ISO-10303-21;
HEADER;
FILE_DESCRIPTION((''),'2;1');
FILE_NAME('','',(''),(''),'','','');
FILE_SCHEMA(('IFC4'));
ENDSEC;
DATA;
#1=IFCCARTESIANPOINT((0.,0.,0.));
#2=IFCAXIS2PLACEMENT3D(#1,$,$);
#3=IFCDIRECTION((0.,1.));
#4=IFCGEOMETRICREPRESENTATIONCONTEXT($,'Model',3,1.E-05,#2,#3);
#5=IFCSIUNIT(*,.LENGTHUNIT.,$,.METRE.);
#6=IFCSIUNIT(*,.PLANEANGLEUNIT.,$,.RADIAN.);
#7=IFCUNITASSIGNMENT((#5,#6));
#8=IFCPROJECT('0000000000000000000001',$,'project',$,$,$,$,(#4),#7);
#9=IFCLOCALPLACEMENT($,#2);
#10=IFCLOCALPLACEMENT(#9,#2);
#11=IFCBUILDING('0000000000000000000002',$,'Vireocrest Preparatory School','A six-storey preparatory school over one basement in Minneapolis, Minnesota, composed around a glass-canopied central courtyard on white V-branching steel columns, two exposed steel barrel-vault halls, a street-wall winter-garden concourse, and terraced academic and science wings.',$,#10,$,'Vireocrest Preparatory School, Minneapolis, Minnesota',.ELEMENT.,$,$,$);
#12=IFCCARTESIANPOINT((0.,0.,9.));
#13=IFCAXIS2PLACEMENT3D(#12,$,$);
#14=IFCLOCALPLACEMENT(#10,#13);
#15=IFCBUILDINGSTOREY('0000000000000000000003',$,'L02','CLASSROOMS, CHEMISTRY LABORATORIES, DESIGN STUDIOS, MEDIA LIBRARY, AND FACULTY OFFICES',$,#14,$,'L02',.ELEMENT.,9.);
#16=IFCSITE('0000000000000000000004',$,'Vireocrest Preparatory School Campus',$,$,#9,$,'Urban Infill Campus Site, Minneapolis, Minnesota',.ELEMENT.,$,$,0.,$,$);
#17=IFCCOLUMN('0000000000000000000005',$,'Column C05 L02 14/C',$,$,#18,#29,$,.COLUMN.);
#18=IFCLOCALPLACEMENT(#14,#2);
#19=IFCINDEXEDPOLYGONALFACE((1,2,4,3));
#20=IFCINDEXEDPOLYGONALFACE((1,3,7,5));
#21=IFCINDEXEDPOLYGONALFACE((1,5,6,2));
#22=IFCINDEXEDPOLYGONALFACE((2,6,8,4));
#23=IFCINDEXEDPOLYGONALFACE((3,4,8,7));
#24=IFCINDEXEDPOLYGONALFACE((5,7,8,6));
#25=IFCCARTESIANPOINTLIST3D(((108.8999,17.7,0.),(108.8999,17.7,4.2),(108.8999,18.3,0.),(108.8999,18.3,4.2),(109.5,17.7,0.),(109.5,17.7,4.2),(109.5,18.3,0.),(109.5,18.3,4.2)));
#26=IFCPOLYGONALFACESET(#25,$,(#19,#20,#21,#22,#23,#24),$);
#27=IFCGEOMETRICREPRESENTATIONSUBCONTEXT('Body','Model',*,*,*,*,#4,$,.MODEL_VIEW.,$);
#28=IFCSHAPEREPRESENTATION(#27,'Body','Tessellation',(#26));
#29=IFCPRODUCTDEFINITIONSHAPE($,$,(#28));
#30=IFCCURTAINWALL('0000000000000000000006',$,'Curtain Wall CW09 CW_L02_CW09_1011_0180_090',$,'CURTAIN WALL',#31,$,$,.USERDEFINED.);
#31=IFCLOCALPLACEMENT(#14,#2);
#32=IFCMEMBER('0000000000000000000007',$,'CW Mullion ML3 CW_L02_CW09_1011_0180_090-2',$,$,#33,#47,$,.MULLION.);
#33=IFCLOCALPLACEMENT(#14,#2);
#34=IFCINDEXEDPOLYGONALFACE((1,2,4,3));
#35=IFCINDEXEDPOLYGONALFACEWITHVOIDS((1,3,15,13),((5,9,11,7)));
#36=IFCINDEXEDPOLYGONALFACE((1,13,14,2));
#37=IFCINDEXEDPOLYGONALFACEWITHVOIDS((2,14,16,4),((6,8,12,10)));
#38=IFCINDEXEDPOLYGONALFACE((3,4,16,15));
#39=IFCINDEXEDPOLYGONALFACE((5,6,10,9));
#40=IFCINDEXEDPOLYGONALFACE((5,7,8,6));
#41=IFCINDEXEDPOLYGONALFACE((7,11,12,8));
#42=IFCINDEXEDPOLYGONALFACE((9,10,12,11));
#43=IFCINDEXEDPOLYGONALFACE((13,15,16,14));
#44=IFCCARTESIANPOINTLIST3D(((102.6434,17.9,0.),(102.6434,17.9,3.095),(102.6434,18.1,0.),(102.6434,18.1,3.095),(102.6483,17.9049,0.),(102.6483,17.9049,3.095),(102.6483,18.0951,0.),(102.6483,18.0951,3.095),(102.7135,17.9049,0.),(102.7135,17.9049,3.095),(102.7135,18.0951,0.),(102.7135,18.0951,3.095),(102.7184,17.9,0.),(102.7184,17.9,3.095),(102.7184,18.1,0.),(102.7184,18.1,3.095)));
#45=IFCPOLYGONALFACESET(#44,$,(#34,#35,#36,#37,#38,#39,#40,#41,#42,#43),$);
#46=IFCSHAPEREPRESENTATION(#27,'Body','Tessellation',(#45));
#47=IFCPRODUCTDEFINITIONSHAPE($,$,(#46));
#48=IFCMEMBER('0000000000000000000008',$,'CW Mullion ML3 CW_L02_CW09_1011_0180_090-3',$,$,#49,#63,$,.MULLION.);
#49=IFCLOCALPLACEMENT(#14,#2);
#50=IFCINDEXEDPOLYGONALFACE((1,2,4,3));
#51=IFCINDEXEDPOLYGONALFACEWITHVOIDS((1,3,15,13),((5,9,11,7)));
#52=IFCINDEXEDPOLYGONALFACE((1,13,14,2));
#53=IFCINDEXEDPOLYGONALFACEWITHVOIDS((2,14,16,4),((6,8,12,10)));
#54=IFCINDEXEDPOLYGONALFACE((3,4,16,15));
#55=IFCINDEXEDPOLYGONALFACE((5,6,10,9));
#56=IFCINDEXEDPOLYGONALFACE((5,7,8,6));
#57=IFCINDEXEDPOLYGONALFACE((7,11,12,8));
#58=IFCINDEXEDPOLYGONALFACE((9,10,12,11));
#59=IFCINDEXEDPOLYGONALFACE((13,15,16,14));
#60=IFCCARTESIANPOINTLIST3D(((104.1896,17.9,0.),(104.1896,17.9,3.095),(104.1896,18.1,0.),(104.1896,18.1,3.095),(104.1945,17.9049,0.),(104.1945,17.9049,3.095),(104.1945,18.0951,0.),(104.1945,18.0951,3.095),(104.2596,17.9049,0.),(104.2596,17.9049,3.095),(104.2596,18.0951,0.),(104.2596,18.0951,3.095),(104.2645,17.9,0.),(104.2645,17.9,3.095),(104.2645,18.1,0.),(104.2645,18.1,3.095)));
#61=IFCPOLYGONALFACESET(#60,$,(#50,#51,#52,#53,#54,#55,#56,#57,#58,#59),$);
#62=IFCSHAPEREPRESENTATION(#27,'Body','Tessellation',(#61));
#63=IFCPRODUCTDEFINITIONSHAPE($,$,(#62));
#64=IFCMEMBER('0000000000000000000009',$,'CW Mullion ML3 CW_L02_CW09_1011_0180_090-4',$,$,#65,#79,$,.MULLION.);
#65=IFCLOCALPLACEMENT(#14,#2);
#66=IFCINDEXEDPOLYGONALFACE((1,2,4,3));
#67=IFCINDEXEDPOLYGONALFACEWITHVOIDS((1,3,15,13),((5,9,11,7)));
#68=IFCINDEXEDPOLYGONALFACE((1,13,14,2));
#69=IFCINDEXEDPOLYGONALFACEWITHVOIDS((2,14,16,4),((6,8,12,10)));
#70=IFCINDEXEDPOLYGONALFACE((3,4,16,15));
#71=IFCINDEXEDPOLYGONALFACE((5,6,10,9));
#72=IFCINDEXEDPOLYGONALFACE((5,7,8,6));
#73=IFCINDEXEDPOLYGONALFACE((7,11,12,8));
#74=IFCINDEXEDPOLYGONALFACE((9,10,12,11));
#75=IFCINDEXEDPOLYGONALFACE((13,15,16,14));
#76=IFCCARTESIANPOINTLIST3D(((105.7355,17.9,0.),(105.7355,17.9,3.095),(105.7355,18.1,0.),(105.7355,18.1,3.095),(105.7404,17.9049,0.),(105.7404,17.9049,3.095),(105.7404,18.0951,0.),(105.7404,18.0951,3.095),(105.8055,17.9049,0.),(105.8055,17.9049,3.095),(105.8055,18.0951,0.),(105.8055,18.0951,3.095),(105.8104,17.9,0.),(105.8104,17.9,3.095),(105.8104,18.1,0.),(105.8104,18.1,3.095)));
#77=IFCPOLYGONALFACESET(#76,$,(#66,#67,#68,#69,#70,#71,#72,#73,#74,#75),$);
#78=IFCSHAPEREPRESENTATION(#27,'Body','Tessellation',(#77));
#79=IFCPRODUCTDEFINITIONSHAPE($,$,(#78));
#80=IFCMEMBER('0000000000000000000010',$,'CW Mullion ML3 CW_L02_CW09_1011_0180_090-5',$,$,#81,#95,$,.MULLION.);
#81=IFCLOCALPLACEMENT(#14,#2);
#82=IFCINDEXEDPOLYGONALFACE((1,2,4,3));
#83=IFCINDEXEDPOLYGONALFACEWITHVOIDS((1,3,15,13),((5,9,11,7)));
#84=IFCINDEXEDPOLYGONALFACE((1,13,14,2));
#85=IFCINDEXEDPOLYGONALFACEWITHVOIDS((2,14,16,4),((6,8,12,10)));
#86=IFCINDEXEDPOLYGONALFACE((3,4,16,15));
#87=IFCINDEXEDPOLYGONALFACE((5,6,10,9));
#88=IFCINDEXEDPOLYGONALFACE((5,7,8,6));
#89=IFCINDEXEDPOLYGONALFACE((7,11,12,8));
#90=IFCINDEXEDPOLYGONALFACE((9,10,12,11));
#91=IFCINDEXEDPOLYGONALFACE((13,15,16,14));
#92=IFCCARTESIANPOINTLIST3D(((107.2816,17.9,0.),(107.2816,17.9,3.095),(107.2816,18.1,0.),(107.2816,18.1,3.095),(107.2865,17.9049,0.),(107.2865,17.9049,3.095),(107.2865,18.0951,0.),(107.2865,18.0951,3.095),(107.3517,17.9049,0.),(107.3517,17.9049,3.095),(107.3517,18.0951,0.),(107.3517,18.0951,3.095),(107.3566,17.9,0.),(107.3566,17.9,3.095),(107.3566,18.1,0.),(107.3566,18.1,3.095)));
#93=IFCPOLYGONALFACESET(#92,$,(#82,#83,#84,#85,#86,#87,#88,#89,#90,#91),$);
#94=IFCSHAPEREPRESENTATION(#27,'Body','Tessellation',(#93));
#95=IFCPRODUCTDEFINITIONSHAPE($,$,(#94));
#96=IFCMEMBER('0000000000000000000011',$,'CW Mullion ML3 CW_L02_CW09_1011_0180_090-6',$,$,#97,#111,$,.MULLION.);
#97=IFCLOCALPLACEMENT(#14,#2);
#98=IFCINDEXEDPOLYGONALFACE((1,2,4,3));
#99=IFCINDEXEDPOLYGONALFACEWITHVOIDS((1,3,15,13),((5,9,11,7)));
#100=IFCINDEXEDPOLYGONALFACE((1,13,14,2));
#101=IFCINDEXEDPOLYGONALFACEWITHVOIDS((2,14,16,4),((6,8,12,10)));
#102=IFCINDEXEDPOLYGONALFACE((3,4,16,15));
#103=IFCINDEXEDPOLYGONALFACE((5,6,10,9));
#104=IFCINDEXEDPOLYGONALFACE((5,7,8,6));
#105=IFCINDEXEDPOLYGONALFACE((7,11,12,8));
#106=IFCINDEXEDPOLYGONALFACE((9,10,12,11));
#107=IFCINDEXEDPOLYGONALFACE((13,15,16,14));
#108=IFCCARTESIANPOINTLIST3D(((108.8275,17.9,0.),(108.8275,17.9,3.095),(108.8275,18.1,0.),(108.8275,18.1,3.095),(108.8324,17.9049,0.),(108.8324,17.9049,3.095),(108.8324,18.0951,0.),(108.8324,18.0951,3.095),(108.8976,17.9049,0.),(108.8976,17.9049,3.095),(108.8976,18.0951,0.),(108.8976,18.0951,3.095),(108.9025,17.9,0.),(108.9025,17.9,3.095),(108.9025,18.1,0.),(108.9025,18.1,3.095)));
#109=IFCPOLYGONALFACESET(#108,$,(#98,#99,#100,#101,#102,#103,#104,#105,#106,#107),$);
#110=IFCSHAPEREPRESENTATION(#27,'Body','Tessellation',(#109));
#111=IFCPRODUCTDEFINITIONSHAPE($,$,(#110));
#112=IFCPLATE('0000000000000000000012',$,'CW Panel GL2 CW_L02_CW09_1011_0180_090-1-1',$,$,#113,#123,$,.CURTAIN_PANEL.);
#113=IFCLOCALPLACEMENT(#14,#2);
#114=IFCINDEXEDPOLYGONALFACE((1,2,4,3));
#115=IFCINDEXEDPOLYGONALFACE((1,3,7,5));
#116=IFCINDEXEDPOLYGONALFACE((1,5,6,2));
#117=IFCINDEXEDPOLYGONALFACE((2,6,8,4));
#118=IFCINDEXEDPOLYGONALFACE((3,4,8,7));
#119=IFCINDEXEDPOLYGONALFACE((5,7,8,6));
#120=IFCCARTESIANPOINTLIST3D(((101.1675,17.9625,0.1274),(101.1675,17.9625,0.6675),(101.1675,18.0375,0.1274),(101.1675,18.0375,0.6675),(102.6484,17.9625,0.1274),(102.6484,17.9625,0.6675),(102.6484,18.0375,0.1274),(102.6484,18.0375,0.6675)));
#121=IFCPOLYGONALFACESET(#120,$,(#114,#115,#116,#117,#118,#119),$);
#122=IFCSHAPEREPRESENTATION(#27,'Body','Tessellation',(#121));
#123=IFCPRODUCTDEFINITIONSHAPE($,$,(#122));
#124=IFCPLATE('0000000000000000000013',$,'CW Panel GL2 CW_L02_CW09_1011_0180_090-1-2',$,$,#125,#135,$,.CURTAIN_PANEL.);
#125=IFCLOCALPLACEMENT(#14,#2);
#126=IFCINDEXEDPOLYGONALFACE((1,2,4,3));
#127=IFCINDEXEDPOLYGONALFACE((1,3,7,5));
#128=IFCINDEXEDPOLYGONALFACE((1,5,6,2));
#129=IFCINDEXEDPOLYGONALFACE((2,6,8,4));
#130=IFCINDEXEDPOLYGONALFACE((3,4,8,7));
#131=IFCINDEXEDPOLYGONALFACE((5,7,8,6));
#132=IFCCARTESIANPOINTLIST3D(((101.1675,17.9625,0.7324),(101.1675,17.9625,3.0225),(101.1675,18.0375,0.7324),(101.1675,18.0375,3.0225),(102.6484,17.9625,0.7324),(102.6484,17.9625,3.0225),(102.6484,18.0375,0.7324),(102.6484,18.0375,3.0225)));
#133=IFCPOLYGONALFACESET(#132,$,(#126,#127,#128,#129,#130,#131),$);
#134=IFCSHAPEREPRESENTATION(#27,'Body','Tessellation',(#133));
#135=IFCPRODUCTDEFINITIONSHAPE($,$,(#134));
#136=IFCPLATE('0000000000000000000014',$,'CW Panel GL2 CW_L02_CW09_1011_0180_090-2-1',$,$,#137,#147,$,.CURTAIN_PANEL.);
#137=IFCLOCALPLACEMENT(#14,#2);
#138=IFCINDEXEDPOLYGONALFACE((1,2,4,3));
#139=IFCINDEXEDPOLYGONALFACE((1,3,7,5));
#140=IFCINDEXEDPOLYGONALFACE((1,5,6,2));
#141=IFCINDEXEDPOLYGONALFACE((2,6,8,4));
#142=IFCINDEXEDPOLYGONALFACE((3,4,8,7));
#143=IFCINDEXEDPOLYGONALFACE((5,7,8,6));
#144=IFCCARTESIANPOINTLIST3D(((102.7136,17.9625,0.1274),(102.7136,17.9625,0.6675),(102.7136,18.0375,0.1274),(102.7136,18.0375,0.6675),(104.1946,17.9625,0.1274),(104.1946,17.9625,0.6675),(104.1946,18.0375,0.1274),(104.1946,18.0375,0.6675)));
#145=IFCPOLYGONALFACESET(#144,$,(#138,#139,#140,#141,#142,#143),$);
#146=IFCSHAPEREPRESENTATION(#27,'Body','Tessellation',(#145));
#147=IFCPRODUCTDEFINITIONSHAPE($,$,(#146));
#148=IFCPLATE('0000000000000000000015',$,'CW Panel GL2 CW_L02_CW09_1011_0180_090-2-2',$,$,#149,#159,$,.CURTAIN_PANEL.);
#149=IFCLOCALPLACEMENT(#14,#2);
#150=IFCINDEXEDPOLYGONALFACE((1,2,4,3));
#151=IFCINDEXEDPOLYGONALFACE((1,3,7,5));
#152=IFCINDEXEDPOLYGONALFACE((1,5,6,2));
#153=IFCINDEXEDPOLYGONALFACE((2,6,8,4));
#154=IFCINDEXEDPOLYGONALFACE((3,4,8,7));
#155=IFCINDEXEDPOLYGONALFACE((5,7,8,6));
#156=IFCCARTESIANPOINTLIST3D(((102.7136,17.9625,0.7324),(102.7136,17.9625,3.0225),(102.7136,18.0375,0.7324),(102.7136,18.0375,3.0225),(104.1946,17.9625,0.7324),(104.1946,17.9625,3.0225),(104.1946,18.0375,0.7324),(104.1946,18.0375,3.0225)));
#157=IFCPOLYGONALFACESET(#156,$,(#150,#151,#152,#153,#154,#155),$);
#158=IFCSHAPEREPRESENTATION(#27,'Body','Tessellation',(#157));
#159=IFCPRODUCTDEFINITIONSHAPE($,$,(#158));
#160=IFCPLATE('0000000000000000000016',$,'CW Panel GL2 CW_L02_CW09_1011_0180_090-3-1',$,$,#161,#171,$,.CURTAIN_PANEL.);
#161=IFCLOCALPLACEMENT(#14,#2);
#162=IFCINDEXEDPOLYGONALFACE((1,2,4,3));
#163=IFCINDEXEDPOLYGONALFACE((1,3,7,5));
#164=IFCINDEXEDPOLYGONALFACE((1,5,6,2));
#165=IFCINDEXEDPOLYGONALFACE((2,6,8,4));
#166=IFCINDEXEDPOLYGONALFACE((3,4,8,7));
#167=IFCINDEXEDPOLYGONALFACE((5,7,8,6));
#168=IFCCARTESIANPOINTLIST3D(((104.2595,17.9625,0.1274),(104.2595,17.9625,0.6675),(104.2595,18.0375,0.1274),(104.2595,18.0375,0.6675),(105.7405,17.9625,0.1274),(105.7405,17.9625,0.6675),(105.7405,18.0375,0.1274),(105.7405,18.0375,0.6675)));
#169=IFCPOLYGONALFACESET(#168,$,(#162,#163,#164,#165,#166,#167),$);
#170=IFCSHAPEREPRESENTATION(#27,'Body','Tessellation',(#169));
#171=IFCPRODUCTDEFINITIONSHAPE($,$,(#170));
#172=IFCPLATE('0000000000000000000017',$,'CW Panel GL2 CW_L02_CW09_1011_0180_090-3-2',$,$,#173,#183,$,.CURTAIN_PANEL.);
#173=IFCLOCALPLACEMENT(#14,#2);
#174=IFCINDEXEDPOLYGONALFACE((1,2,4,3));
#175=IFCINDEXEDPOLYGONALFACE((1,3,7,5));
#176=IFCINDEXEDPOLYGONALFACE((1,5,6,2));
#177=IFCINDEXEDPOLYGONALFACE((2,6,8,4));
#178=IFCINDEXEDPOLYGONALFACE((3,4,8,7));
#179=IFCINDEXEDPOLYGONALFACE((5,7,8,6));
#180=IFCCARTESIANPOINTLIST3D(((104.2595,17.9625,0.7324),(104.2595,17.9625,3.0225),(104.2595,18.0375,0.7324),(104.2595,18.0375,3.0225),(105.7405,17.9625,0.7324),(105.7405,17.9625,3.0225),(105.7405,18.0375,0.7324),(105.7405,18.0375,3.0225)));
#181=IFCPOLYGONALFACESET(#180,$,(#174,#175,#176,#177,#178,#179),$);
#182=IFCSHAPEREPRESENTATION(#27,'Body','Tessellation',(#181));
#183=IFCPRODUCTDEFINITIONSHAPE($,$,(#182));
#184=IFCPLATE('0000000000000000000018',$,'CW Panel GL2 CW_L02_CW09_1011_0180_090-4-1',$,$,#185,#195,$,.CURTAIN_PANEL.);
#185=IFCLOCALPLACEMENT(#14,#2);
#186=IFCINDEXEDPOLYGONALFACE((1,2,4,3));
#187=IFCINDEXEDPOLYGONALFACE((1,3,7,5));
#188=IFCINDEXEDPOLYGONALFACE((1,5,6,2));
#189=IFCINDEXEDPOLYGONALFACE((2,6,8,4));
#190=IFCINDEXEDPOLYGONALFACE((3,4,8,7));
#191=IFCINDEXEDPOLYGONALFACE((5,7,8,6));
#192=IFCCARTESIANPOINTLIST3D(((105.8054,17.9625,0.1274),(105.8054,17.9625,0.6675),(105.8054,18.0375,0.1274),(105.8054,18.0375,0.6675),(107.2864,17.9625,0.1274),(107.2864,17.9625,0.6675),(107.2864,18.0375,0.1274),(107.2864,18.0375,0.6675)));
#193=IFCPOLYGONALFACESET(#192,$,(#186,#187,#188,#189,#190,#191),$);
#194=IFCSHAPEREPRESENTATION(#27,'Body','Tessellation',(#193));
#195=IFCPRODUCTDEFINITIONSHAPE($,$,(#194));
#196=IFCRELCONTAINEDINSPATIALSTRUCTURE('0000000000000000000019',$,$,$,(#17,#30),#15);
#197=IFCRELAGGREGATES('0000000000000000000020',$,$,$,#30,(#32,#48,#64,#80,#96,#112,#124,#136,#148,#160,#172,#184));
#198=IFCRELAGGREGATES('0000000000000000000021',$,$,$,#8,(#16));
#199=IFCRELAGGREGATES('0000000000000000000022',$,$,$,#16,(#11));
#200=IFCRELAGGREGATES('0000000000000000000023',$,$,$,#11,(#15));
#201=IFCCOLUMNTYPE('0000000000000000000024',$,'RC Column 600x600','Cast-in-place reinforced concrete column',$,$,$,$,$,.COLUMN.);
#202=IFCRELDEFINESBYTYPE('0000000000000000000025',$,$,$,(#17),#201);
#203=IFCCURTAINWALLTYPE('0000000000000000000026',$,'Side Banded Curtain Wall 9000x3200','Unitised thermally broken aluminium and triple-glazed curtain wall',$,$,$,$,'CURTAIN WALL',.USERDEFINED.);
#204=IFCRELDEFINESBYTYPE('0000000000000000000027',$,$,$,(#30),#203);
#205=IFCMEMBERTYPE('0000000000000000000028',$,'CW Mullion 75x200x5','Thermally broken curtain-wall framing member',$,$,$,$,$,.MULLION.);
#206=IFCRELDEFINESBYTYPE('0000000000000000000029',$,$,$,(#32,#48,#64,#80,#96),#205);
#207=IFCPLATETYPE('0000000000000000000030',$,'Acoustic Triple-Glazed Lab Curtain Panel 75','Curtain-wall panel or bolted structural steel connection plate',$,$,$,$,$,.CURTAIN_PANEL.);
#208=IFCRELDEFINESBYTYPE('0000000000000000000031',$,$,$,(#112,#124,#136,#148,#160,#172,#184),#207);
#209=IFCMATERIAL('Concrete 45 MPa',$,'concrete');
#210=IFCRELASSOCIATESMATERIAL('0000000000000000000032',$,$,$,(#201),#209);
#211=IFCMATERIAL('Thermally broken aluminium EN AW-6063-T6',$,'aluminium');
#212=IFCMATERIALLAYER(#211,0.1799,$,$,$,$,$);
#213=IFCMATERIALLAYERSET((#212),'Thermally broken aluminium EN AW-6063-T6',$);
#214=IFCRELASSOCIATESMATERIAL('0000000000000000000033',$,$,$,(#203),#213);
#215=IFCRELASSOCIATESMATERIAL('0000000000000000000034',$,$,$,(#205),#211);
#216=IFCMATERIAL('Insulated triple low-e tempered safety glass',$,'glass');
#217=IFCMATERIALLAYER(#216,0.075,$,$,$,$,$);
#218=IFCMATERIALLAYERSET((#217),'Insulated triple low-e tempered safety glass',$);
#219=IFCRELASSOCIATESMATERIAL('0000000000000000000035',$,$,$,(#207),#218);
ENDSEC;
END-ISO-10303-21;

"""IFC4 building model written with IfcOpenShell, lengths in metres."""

from ifc_helpers import new_model, si_unit, direction, frame, origin, origin_2d, place, context, subcontext, project, spatial, rectangle, hollow_rectangle, extrude, material, layer, layer_set, material_profile, profile_set, type_object, element, aggregate, save


model = new_model("IFC4")

# Units and contexts
model_context = context("Model", 3, precision=1e-05, world=origin(), true_north=direction((0.0, 1.0)))
body_context = subcontext(model_context, "Body", "Model", "MODEL_VIEW")
ifc_project = project(units=[si_unit("LENGTHUNIT", "METRE"), si_unit("PLANEANGLEUNIT", "RADIAN")], contexts=[model_context])

# Site, building, storey
site_placement = place(None, origin())
site = spatial("IfcSite", under=ifc_project, at=site_placement, Name="Vireocrest Preparatory School Campus", LongName="Urban Infill Campus Site, Minneapolis, Minnesota", CompositionType="ELEMENT", RefElevation=0.0)
building_placement = place(site_placement, origin())
building = spatial("IfcBuilding", under=site, at=building_placement, Name="Vireocrest Preparatory School", Description="A six-storey preparatory school over one basement in Minneapolis, Minnesota, composed around a glass-canopied central courtyard on white V-branching steel columns, two exposed steel barrel-vault halls, a street-wall winter-garden concourse, and terraced academic and science wings.", LongName="Vireocrest Preparatory School, Minneapolis, Minnesota", CompositionType="ELEMENT")
storey_placement = place(building_placement, frame((0.0, 0.0, 9.0)))
storey = spatial("IfcBuildingStorey", under=building, at=storey_placement, Name="L02", Description="CLASSROOMS, CHEMISTRY LABORATORIES, DESIGN STUDIOS, MEDIA LIBRARY, AND FACULTY OFFICES", LongName="L02", CompositionType="ELEMENT", Elevation=9.0)

# Column
ifc_material_1 = material(Name="Concrete 45 MPa", Category="concrete")
ifc_material_profile_1 = material_profile(ifc_material_1, rectangle(XDim=0.6001, YDim=0.6001, at=origin_2d()), Name="RC 600x600")
ifc_profile_set_1 = profile_set([ifc_material_profile_1], Name="Concrete 45 MPa")
column_type = type_object("IfcColumnType", Name="RC Column 600x600", Description="Cast-in-place reinforced concrete column", PredefinedType="COLUMN", material=ifc_profile_set_1)
column_placement = place(storey_placement, frame((109.2, 18.0, 0.0), z_axis=(0.0, 0.0, 1.0), x_axis=(1.0, 0.0, 0.0)))
element("IfcColumn", 1, at=column_placement, inside=storey, type_object=column_type, Name="Column C05 L02 14/C", PredefinedType="COLUMN", context=body_context, shape_type="SweptSolid", body=[
    extrude(rectangle(XDim=0.6001, YDim=0.6001, at=origin_2d()), origin(), (0.0, 0.0, 1.0), 4.2),
])

# Curtain wall, members, plates
ifc_material_2 = material(Name="Thermally broken aluminium EN AW-6063-T6", Category="aluminium")
ifc_layer_1 = layer(ifc_material_2, 0.1799)
ifc_layer_set_1 = layer_set([ifc_layer_1], Name="Thermally broken aluminium EN AW-6063-T6")
curtain_wall_type = type_object("IfcCurtainWallType", Name="Side Banded Curtain Wall 9000x3200", Description="Unitised thermally broken aluminium and triple-glazed curtain wall", ElementType="CURTAIN WALL", PredefinedType="USERDEFINED", material=ifc_layer_set_1)
curtain_wall_placement = place(storey_placement, origin())
curtain_wall = element("IfcCurtainWall", 2, at=curtain_wall_placement, inside=storey, type_object=curtain_wall_type, Name="Curtain Wall CW09 CW_L02_CW09_1011_0180_090", ObjectType="CURTAIN WALL", PredefinedType="USERDEFINED")
ifc_material_profile_2 = material_profile(ifc_material_2, hollow_rectangle(XDim=0.075, YDim=0.2, WallThickness=0.0049, at=origin_2d()), Name="ALU 75x200x5")
ifc_profile_set_2 = profile_set([ifc_material_profile_2], Name="Thermally broken aluminium EN AW-6063-T6")
member_type = type_object("IfcMemberType", Name="CW Mullion 75x200x5", Description="Thermally broken curtain-wall framing member", PredefinedType="MULLION", material=ifc_profile_set_2)
member_1_placement = place(storey_placement, frame((102.6809, 18.0, 0.0), z_axis=(0.0, 0.0, 1.0), x_axis=(1.0, 0.0, 0.0)))
member_1 = element("IfcMember", 3, at=member_1_placement, type_object=member_type, Name="CW Mullion ML3 CW_L02_CW09_1011_0180_090-2", PredefinedType="MULLION", context=body_context, shape_type="SweptSolid", body=[
    extrude(hollow_rectangle(XDim=0.075, YDim=0.2, WallThickness=0.0049, at=origin_2d()), origin(), (0.0, 0.0, 1.0), 3.095),
])
member_2_placement = place(storey_placement, frame((104.2271, 18.0, 0.0), z_axis=(0.0, 0.0, 1.0), x_axis=(1.0, 0.0, 0.0)))
member_2 = element("IfcMember", 4, at=member_2_placement, type_object=member_type, Name="CW Mullion ML3 CW_L02_CW09_1011_0180_090-3", PredefinedType="MULLION", context=body_context, shape_type="SweptSolid", body=[
    extrude(hollow_rectangle(XDim=0.075, YDim=0.2, WallThickness=0.0049, at=origin_2d()), origin(), (0.0, 0.0, 1.0), 3.095),
])
member_3_placement = place(storey_placement, frame((105.7729, 18.0, 0.0), z_axis=(0.0, 0.0, 1.0), x_axis=(1.0, 0.0, 0.0)))
member_3 = element("IfcMember", 5, at=member_3_placement, type_object=member_type, Name="CW Mullion ML3 CW_L02_CW09_1011_0180_090-4", PredefinedType="MULLION", context=body_context, shape_type="SweptSolid", body=[
    extrude(hollow_rectangle(XDim=0.075, YDim=0.2, WallThickness=0.0049, at=origin_2d()), origin(), (0.0, 0.0, 1.0), 3.095),
])
member_4_placement = place(storey_placement, frame((107.3191, 18.0, 0.0), z_axis=(0.0, 0.0, 1.0), x_axis=(1.0, 0.0, 0.0)))
member_4 = element("IfcMember", 6, at=member_4_placement, type_object=member_type, Name="CW Mullion ML3 CW_L02_CW09_1011_0180_090-5", PredefinedType="MULLION", context=body_context, shape_type="SweptSolid", body=[
    extrude(hollow_rectangle(XDim=0.075, YDim=0.2, WallThickness=0.0049, at=origin_2d()), origin(), (0.0, 0.0, 1.0), 3.095),
])
member_5_placement = place(storey_placement, frame((108.865, 18.0, 0.0), z_axis=(0.0, 0.0, 1.0), x_axis=(1.0, 0.0, 0.0)))
member_5 = element("IfcMember", 7, at=member_5_placement, type_object=member_type, Name="CW Mullion ML3 CW_L02_CW09_1011_0180_090-6", PredefinedType="MULLION", context=body_context, shape_type="SweptSolid", body=[
    extrude(hollow_rectangle(XDim=0.075, YDim=0.2, WallThickness=0.0049, at=origin_2d()), origin(), (0.0, 0.0, 1.0), 3.095),
])
ifc_material_3 = material(Name="Insulated triple low-e tempered safety glass", Category="glass")
ifc_layer_2 = layer(ifc_material_3, 0.075)
ifc_layer_set_2 = layer_set([ifc_layer_2], Name="Insulated triple low-e tempered safety glass")
plate_type = type_object("IfcPlateType", Name="Acoustic Triple-Glazed Lab Curtain Panel 75", Description="Curtain-wall panel or bolted structural steel connection plate", PredefinedType="CURTAIN_PANEL", material=ifc_layer_set_2)
plate_1_placement = place(storey_placement, frame((101.908, 18.0, 0.1274), z_axis=(0.0, 0.0, 1.0), x_axis=(1.0, 0.0, 0.0)))
plate_1 = element("IfcPlate", 8, at=plate_1_placement, type_object=plate_type, Name="CW Panel GL2 CW_L02_CW09_1011_0180_090-1-1", PredefinedType="CURTAIN_PANEL", context=body_context, shape_type="SweptSolid", body=[
    extrude(rectangle(XDim=1.481, YDim=0.075, at=origin_2d()), origin(), (0.0, 0.0, 1.0), 0.54),
])
plate_2_placement = place(storey_placement, frame((101.908, 18.0, 0.7324), z_axis=(0.0, 0.0, 1.0), x_axis=(1.0, 0.0, 0.0)))
plate_2 = element("IfcPlate", 9, at=plate_2_placement, type_object=plate_type, Name="CW Panel GL2 CW_L02_CW09_1011_0180_090-1-2", PredefinedType="CURTAIN_PANEL", context=body_context, shape_type="SweptSolid", body=[
    extrude(rectangle(XDim=1.481, YDim=0.075, at=origin_2d()), origin(), (0.0, 0.0, 1.0), 2.29),
])
plate_3_placement = place(storey_placement, frame((103.4541, 18.0, 0.1274), z_axis=(0.0, 0.0, 1.0), x_axis=(1.0, 0.0, 0.0)))
plate_3 = element("IfcPlate", 10, at=plate_3_placement, type_object=plate_type, Name="CW Panel GL2 CW_L02_CW09_1011_0180_090-2-1", PredefinedType="CURTAIN_PANEL", context=body_context, shape_type="SweptSolid", body=[
    extrude(rectangle(XDim=1.481, YDim=0.075, at=origin_2d()), origin(), (0.0, 0.0, 1.0), 0.54),
])
plate_4_placement = place(storey_placement, frame((103.4541, 18.0, 0.7324), z_axis=(0.0, 0.0, 1.0), x_axis=(1.0, 0.0, 0.0)))
plate_4 = element("IfcPlate", 11, at=plate_4_placement, type_object=plate_type, Name="CW Panel GL2 CW_L02_CW09_1011_0180_090-2-2", PredefinedType="CURTAIN_PANEL", context=body_context, shape_type="SweptSolid", body=[
    extrude(rectangle(XDim=1.481, YDim=0.075, at=origin_2d()), origin(), (0.0, 0.0, 1.0), 2.29),
])
plate_5_placement = place(storey_placement, frame((105.0, 18.0, 0.1274), z_axis=(0.0, 0.0, 1.0), x_axis=(1.0, 0.0, 0.0)))
plate_5 = element("IfcPlate", 12, at=plate_5_placement, type_object=plate_type, Name="CW Panel GL2 CW_L02_CW09_1011_0180_090-3-1", PredefinedType="CURTAIN_PANEL", context=body_context, shape_type="SweptSolid", body=[
    extrude(rectangle(XDim=1.481, YDim=0.075, at=origin_2d()), origin(), (0.0, 0.0, 1.0), 0.54),
])
plate_6_placement = place(storey_placement, frame((105.0, 18.0, 0.7324), z_axis=(0.0, 0.0, 1.0), x_axis=(1.0, 0.0, 0.0)))
plate_6 = element("IfcPlate", 13, at=plate_6_placement, type_object=plate_type, Name="CW Panel GL2 CW_L02_CW09_1011_0180_090-3-2", PredefinedType="CURTAIN_PANEL", context=body_context, shape_type="SweptSolid", body=[
    extrude(rectangle(XDim=1.481, YDim=0.075, at=origin_2d()), origin(), (0.0, 0.0, 1.0), 2.29),
])
plate_7_placement = place(storey_placement, frame((106.5459, 18.0, 0.1274), z_axis=(0.0, 0.0, 1.0), x_axis=(1.0, 0.0, 0.0)))
plate_7 = element("IfcPlate", 14, at=plate_7_placement, type_object=plate_type, Name="CW Panel GL2 CW_L02_CW09_1011_0180_090-4-1", PredefinedType="CURTAIN_PANEL", context=body_context, shape_type="SweptSolid", body=[
    extrude(rectangle(XDim=1.481, YDim=0.075, at=origin_2d()), origin(), (0.0, 0.0, 1.0), 0.54),
])
aggregate(curtain_wall, [member_1, member_2, member_3, member_4, member_5, plate_1, plate_2, plate_3, plate_4, plate_5, plate_6, plate_7])

save(model, "model.ifc")
